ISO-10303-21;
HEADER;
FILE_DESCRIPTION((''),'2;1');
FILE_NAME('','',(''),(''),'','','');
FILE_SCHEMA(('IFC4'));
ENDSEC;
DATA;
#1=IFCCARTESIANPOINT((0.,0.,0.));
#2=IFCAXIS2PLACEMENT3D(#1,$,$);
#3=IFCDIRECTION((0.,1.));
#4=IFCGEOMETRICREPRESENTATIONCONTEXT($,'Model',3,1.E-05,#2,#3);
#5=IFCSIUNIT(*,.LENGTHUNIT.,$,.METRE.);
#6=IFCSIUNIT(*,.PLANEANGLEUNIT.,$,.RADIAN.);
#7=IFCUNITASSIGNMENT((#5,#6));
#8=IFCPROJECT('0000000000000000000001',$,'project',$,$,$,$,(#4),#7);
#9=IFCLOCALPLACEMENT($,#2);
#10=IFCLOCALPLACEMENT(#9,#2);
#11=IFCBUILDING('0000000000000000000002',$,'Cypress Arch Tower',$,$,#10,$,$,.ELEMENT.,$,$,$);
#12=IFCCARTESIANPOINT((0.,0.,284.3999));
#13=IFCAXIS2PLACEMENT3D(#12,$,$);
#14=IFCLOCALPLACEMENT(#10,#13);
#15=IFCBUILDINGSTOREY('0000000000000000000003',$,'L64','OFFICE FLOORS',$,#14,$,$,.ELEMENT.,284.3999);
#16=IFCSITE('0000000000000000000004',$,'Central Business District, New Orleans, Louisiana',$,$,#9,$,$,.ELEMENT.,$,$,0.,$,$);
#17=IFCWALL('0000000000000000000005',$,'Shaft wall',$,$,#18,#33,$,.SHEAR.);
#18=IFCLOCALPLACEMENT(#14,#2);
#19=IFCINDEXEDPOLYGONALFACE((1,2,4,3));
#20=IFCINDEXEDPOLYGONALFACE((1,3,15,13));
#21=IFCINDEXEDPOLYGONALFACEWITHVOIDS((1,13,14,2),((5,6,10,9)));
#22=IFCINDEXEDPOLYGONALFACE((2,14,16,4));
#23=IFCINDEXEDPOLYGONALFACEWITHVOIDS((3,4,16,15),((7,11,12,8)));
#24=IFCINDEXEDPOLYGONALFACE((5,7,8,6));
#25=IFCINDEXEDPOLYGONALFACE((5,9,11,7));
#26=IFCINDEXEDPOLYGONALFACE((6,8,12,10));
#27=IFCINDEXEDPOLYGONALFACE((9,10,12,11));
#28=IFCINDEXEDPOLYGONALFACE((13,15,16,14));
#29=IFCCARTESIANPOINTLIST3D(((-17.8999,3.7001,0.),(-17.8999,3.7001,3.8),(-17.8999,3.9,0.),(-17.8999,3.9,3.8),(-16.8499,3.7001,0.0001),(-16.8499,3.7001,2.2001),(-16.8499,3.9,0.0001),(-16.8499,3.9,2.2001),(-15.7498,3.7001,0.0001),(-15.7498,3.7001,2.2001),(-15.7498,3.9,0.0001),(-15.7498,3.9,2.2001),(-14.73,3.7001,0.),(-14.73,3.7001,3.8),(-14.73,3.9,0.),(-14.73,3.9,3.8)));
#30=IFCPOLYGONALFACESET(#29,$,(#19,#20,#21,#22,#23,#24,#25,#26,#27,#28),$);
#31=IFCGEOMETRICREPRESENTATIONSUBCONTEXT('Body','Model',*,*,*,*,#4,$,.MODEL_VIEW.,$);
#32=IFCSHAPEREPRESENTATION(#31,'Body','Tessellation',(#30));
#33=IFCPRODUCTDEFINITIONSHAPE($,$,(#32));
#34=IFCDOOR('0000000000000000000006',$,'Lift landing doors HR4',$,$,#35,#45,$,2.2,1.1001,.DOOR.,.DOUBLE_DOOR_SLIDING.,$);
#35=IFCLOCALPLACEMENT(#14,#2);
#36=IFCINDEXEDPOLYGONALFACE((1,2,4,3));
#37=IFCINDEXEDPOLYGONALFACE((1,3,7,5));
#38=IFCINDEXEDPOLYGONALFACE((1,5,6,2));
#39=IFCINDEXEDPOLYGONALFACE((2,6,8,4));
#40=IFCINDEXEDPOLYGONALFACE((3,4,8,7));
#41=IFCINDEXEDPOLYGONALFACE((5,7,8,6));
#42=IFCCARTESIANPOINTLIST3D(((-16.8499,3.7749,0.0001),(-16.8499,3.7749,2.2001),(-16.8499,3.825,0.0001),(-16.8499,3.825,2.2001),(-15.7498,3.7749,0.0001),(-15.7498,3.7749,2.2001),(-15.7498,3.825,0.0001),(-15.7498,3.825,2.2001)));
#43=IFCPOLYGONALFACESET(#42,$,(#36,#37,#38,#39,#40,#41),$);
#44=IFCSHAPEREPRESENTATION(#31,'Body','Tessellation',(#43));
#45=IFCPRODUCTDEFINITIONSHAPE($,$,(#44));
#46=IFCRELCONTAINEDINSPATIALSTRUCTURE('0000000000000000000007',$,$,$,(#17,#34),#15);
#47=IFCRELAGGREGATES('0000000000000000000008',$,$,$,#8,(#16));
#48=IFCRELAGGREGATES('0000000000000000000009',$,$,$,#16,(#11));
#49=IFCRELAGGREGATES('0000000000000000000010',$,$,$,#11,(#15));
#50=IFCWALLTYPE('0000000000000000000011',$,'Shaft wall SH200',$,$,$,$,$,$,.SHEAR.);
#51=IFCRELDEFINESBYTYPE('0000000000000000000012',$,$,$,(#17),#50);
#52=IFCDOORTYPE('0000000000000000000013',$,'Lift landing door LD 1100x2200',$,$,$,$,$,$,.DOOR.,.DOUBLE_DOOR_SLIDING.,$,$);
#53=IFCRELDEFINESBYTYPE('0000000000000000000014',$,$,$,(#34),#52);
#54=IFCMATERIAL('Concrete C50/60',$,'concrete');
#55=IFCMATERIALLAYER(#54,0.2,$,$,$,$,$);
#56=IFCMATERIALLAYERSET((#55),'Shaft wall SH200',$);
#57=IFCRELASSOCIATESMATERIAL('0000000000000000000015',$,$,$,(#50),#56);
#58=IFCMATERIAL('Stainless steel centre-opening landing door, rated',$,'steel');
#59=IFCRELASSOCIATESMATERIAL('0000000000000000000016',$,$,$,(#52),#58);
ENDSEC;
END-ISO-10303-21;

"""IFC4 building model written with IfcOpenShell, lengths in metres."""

from ifc_helpers import new_model, si_unit, direction, frame, frame_2d, origin, place, context, subcontext, project, spatial, rectangle, extrude, material, layer, layer_set, type_object, element, fill, save


model = new_model("IFC4")

# Units and contexts
model_context = context("Model", 3, precision=1e-05, world=origin(), true_north=direction((0.0, 1.0)))
body_context = subcontext(model_context, "Body", "Model", "MODEL_VIEW")
ifc_project = project(units=[si_unit("LENGTHUNIT", "METRE"), si_unit("PLANEANGLEUNIT", "RADIAN")], contexts=[model_context])

# Site, building, storey
site_placement = place(None, origin())
site = spatial("IfcSite", under=ifc_project, at=site_placement, Name="Central Business District, New Orleans, Louisiana", CompositionType="ELEMENT", RefElevation=0.0)
building_placement = place(site_placement, origin())
building = spatial("IfcBuilding", under=site, at=building_placement, Name="Cypress Arch Tower", CompositionType="ELEMENT")
storey_placement = place(building_placement, frame((0.0, 0.0, 284.3999)))
storey = spatial("IfcBuildingStorey", under=building, at=storey_placement, Name="L64", Description="OFFICE FLOORS", CompositionType="ELEMENT", Elevation=284.3999)

# Wall, opening, door
ifc_material_1 = material(Name="Concrete C50/60", Category="concrete")
ifc_layer_1 = layer(ifc_material_1, 0.2)
ifc_layer_set_1 = layer_set([ifc_layer_1], Name="Shaft wall SH200")
wall_type_1 = type_object("IfcWallType", Name="Shaft wall SH200", PredefinedType="SHEAR", material=ifc_layer_set_1)
wall_1_placement = place(storey_placement, frame((-17.8999, 3.8, 0.0), z_axis=(0.0, 0.0, 1.0), x_axis=(1.0, 0.0, 0.0)))
wall_1 = element("IfcWall", 1, at=wall_1_placement, inside=storey, type_object=wall_type_1, Name="Shaft wall", PredefinedType="SHEAR", context=body_context, shape_type="SweptSolid", body=[
    extrude(rectangle(XDim=3.1699, YDim=0.2, at=frame_2d((1.585, 0.0))), origin(), (0.0, 0.0, 1.0), 3.8),
])
opening_placement = place(wall_1_placement, frame((1.05, 0.0, 0.0)))
opening = element("IfcOpeningElement", 2, at=opening_placement, cuts=wall_1, PredefinedType="OPENING", context=body_context, shape_type="SweptSolid", body=[
    extrude(rectangle(XDim=1.1001, YDim=2.2, at=frame_2d((0.55, 1.1001))), frame((0.0, 0.1099, 0.0), z_axis=(0.0, -1.0, 0.0), x_axis=(1.0, 0.0, 0.0)), (0.0, 0.0, 1.0), 0.22),
])
ifc_material_2 = material(Name="Stainless steel centre-opening landing door, rated", Category="steel")
door_type = type_object("IfcDoorType", Name="Lift landing door LD 1100x2200", OperationType="DOUBLE_DOOR_SLIDING", PredefinedType="DOOR", material=ifc_material_2)
door_placement = place(opening_placement, origin())
door = element("IfcDoor", 3, at=door_placement, inside=storey, type_object=door_type, Name="Lift landing doors HR4", OperationType="DOUBLE_DOOR_SLIDING", OverallHeight=2.2, OverallWidth=1.1001, PredefinedType="DOOR", context=body_context, shape_type="SweptSolid", body=[
    extrude(rectangle(XDim=1.1001, YDim=2.2, at=frame_2d((0.55, 1.1001))), frame((0.0, 0.0249, 0.0), z_axis=(0.0, -1.0, 0.0), x_axis=(1.0, 0.0, 0.0)), (0.0, 0.0, 1.0), 0.05),
])
fill(opening, door)

save(model, "model.ifc")
